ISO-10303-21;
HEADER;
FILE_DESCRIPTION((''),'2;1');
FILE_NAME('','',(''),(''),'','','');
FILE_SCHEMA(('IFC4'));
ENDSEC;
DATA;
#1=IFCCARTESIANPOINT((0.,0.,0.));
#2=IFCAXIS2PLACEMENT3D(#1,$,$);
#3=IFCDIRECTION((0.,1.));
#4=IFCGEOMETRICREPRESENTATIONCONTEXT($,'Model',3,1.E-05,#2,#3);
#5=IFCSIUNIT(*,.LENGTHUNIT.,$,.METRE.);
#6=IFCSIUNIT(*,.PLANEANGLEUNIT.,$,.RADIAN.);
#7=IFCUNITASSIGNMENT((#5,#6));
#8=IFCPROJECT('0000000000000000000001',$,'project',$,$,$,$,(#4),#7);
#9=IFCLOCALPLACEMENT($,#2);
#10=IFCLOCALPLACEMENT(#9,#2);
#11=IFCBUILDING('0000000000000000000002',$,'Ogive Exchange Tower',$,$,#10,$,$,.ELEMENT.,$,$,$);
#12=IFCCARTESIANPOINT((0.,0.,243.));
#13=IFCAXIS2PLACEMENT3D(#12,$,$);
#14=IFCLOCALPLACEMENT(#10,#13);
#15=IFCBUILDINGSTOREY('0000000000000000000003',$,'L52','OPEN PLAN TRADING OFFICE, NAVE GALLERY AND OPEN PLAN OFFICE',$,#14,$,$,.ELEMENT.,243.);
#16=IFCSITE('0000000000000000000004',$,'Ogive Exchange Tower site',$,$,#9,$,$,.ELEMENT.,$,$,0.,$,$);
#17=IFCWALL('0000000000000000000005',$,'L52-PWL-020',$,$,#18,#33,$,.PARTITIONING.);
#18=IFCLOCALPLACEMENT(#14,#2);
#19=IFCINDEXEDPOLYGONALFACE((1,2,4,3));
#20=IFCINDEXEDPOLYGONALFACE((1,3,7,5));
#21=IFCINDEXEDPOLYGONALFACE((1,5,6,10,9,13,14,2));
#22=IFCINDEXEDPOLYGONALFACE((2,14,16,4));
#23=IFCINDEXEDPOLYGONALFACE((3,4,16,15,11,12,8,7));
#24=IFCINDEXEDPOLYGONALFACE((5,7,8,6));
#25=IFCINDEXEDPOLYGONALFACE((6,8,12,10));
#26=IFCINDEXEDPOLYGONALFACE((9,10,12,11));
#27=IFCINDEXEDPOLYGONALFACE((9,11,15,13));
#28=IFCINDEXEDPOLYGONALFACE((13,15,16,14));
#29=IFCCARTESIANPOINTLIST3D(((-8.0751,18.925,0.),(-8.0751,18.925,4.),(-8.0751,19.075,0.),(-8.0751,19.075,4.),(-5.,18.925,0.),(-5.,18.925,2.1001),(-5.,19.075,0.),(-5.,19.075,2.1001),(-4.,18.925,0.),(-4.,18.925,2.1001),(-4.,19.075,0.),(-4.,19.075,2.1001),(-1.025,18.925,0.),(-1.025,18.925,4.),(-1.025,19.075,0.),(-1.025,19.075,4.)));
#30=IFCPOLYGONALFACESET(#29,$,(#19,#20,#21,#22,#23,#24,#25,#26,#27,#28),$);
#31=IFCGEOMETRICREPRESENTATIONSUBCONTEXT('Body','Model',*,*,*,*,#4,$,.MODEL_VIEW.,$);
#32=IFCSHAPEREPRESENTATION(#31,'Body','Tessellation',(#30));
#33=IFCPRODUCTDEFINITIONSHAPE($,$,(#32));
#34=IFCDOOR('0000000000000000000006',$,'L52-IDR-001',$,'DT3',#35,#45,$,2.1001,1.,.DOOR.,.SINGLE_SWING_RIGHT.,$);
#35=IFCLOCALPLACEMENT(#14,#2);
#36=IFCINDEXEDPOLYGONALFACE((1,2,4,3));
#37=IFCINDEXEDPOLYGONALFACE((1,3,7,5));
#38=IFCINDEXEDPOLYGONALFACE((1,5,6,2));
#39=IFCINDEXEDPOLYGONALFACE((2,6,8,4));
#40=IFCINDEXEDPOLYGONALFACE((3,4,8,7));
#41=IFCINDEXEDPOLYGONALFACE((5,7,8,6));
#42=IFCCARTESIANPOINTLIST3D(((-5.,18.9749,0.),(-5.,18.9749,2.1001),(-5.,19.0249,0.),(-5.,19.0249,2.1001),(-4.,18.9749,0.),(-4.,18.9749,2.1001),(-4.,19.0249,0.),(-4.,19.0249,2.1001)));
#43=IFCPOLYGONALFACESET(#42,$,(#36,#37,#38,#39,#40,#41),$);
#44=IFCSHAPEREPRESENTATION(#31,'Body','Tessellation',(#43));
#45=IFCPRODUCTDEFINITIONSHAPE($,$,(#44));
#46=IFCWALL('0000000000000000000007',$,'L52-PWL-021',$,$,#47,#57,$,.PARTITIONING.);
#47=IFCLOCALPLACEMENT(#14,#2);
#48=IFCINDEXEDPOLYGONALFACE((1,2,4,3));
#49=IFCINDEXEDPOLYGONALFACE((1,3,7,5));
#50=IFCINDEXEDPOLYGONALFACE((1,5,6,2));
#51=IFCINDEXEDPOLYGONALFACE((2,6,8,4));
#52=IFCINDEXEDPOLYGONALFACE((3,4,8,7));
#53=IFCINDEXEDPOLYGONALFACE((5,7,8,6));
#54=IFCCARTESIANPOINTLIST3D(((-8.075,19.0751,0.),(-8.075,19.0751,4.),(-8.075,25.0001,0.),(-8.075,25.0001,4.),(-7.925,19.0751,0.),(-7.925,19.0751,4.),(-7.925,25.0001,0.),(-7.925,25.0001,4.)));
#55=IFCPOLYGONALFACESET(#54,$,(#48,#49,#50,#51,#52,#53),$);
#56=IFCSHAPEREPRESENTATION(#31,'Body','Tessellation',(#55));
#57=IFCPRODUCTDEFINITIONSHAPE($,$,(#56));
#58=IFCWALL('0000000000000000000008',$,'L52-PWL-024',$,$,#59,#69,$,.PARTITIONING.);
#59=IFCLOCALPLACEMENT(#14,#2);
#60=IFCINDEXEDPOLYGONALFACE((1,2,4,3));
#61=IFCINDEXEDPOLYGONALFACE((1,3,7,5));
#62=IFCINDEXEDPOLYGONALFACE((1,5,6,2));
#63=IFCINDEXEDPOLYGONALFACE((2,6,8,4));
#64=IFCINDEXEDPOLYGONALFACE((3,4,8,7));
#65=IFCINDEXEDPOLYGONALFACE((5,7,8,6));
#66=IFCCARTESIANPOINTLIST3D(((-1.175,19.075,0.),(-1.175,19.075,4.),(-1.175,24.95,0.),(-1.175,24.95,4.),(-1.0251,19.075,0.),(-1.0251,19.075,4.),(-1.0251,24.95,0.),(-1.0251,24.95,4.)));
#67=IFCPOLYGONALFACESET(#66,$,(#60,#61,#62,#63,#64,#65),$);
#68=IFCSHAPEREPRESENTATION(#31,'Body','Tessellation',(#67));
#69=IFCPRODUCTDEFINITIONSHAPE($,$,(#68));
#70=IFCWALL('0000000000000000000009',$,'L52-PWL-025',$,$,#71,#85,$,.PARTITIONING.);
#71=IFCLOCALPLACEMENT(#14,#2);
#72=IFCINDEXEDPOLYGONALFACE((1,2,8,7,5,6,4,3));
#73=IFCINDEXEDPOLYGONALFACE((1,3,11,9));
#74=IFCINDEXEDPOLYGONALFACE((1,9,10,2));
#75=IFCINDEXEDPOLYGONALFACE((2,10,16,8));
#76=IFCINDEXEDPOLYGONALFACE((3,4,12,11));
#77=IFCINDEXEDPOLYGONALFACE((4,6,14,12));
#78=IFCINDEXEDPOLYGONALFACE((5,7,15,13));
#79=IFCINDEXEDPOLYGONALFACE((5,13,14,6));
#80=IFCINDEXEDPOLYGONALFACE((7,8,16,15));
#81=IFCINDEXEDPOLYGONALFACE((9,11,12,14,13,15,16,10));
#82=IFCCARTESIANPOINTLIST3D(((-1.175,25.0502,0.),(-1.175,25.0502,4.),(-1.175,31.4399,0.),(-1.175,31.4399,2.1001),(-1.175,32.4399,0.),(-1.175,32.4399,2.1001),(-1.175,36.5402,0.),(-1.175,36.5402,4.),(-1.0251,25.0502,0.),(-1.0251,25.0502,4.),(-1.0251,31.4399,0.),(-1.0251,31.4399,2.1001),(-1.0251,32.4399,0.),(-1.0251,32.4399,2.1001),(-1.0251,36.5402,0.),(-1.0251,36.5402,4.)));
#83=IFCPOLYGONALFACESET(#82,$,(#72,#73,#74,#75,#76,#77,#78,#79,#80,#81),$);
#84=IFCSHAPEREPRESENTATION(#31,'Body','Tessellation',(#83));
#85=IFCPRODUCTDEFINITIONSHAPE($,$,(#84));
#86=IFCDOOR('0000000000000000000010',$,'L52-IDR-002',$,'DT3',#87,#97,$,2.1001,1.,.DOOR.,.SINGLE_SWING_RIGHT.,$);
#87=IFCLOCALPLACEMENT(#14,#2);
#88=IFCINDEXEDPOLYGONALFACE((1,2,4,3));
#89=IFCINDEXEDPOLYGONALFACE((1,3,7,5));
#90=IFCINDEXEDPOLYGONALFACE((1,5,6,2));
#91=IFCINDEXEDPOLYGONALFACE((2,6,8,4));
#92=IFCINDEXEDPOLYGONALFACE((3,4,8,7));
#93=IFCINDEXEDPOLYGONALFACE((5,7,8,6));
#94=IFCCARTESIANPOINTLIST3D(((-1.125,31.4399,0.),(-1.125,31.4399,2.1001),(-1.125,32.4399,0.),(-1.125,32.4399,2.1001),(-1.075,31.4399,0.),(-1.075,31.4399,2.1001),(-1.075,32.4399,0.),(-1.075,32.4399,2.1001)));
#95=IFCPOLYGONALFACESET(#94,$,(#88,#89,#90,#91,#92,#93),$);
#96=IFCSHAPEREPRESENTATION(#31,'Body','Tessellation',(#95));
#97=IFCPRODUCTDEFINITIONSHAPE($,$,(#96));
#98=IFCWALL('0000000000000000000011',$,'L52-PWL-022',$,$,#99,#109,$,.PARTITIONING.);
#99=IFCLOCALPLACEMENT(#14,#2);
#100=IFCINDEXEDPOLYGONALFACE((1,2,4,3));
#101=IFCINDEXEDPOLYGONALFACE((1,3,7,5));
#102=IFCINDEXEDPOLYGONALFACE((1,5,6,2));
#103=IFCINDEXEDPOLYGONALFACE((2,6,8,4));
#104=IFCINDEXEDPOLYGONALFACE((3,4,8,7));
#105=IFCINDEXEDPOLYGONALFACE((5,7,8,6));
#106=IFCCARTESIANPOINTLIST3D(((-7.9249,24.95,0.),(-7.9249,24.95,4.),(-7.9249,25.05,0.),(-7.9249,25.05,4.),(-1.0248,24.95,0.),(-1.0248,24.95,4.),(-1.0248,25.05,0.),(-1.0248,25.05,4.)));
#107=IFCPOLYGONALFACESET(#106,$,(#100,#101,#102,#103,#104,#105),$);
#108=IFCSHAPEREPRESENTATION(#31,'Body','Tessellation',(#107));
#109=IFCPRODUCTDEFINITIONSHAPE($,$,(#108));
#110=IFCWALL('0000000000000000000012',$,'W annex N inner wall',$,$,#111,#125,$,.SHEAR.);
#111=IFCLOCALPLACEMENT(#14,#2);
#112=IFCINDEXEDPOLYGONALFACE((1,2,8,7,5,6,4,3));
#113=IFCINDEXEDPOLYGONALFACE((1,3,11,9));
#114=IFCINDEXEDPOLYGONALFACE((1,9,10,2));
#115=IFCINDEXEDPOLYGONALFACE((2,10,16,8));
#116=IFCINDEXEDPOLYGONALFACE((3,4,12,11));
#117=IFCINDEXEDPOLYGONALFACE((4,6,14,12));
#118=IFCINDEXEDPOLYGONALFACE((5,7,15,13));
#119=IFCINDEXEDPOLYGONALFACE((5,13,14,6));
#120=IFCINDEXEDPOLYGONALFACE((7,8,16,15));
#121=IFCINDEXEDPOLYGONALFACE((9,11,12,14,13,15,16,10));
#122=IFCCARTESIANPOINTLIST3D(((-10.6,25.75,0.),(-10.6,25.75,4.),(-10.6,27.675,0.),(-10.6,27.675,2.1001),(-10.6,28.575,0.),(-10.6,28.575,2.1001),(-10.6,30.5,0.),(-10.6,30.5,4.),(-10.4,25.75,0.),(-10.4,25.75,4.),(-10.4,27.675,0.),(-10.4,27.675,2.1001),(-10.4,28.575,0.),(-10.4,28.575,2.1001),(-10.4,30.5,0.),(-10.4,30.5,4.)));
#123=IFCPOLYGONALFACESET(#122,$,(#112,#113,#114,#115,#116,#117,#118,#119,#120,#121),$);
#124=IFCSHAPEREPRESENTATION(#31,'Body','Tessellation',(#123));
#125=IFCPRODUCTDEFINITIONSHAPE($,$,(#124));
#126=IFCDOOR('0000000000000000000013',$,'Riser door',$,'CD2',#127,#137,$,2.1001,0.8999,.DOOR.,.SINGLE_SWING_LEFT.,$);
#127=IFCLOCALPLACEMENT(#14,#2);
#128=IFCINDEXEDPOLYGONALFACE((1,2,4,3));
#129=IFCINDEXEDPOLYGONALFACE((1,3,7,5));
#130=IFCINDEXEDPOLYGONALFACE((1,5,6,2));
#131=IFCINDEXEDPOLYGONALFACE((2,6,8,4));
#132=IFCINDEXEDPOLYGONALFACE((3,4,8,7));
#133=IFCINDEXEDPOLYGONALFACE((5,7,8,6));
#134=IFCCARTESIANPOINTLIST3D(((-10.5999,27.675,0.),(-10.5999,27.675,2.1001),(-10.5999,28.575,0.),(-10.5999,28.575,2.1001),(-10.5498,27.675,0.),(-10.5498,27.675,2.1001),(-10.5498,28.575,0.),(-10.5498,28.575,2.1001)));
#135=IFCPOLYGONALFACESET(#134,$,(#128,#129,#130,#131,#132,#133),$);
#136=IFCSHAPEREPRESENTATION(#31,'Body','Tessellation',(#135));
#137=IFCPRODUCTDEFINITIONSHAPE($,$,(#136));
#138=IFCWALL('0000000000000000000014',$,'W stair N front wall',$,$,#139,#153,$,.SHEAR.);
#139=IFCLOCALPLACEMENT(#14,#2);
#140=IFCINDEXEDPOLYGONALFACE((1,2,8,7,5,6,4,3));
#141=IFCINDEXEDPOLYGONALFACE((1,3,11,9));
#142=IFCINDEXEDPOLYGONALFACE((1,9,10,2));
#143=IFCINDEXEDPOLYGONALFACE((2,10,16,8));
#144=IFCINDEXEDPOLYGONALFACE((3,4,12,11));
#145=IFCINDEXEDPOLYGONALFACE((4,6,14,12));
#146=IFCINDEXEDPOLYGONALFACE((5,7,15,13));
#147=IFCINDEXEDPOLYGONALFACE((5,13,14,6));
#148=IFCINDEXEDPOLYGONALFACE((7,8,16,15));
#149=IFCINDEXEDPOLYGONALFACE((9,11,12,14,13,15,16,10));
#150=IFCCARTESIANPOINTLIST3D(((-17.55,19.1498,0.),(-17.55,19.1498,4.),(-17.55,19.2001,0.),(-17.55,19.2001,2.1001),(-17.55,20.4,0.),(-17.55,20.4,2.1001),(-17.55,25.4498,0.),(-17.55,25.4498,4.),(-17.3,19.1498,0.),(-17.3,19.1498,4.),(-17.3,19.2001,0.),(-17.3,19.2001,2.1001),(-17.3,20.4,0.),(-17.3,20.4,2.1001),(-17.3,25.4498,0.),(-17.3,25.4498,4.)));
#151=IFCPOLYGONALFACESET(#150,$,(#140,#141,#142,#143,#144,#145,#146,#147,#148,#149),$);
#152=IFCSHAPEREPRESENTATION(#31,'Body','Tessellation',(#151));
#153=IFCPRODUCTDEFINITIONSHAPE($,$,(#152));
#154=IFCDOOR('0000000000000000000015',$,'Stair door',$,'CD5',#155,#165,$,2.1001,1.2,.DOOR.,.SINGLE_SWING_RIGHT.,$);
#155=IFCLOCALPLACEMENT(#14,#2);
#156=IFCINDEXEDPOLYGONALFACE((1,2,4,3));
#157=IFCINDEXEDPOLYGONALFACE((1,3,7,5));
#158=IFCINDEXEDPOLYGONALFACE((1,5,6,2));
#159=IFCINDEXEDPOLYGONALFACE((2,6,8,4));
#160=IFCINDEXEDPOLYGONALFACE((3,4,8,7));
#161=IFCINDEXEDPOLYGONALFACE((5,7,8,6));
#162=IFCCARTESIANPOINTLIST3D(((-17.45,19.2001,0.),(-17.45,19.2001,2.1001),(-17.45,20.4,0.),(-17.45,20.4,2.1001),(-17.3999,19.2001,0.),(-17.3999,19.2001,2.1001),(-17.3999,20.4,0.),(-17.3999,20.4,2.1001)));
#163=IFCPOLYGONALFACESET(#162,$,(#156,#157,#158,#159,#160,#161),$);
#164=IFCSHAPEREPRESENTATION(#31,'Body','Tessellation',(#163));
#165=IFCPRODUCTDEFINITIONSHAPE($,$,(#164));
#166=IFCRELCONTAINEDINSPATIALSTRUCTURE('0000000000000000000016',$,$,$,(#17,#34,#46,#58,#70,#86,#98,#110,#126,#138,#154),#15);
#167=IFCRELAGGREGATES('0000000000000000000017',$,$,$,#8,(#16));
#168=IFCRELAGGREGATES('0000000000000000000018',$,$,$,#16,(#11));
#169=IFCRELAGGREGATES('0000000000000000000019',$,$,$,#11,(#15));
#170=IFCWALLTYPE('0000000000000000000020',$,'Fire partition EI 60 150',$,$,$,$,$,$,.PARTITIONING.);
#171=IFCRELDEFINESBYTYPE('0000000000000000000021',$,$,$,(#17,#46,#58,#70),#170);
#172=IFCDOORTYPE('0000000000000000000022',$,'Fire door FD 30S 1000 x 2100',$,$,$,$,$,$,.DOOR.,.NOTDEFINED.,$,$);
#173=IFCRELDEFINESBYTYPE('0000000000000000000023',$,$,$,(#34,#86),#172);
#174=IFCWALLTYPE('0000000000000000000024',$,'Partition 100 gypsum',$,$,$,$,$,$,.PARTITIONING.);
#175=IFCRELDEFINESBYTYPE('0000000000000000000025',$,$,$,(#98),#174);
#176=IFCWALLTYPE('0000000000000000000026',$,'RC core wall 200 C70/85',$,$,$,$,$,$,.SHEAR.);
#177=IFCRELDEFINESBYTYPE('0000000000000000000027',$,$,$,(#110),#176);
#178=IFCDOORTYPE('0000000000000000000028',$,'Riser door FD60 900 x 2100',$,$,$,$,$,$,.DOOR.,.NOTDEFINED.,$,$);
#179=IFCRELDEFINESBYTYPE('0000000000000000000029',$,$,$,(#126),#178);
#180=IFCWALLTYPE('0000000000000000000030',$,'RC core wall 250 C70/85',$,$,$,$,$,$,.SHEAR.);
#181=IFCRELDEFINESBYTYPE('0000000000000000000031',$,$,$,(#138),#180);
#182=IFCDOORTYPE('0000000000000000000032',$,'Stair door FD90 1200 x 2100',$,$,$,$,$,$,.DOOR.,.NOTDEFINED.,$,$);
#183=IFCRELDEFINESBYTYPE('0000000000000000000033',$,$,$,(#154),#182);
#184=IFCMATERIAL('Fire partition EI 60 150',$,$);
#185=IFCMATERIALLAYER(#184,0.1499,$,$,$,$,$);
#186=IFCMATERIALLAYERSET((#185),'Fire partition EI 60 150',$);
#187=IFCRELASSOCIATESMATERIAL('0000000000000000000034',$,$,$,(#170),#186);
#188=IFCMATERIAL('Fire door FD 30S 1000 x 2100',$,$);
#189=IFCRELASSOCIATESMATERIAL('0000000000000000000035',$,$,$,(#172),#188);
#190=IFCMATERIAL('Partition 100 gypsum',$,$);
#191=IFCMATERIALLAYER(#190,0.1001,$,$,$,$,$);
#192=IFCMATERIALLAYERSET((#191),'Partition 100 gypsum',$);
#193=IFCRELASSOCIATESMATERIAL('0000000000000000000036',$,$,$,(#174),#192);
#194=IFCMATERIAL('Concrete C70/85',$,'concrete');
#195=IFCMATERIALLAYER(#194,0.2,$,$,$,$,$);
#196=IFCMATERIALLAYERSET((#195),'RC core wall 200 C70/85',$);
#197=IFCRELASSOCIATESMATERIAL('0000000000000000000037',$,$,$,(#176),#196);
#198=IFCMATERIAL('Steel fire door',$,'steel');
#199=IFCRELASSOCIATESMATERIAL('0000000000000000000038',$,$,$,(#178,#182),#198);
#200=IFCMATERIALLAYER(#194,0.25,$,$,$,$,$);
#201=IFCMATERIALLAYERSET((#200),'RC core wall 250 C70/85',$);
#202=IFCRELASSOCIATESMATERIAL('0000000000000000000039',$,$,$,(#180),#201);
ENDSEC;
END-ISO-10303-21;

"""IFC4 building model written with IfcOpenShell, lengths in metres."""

from ifc_helpers import new_model, si_unit, direction, frame, frame_2d, origin, place, context, subcontext, project, spatial, rectangle, extrude, material, layer, layer_set, type_object, element, fill, save


model = new_model("IFC4")

# Units and contexts
model_context = context("Model", 3, precision=1e-05, world=origin(), true_north=direction((0.0, 1.0)))
body_context = subcontext(model_context, "Body", "Model", "MODEL_VIEW")
ifc_project = project(units=[si_unit("LENGTHUNIT", "METRE"), si_unit("PLANEANGLEUNIT", "RADIAN")], contexts=[model_context])

# Site, building, storey
site_placement = place(None, origin())
site = spatial("IfcSite", under=ifc_project, at=site_placement, Name="Ogive Exchange Tower site", CompositionType="ELEMENT", RefElevation=0.0)
building_placement = place(site_placement, origin())
building = spatial("IfcBuilding", under=site, at=building_placement, Name="Ogive Exchange Tower", CompositionType="ELEMENT")
storey_placement = place(building_placement, frame((0.0, 0.0, 243.0)))
storey = spatial("IfcBuildingStorey", under=building, at=storey_placement, Name="L52", Description="OPEN PLAN TRADING OFFICE, NAVE GALLERY AND OPEN PLAN OFFICE", CompositionType="ELEMENT", Elevation=243.0)

# Wall, opening, door
ifc_material_1 = material(Name="Fire partition EI 60 150")
ifc_layer_1 = layer(ifc_material_1, 0.1499)
ifc_layer_set_1 = layer_set([ifc_layer_1], Name="Fire partition EI 60 150")
wall_type_1 = type_object("IfcWallType", Name="Fire partition EI 60 150", PredefinedType="PARTITIONING", material=ifc_layer_set_1)
wall_1_placement = place(storey_placement, frame((-8.075, 19.0, 0.0), z_axis=(0.0, 0.0, 1.0), x_axis=(1.0, 0.0, 0.0)))
wall_1 = element("IfcWall", 1, at=wall_1_placement, inside=storey, type_object=wall_type_1, Name="L52-PWL-020", PredefinedType="PARTITIONING", context=body_context, shape_type="SweptSolid", body=[
    extrude(rectangle(XDim=7.05, YDim=0.1499, at=frame_2d((3.5249, 0.0))), origin(), (0.0, 0.0, 1.0), 4.0),
])
opening_1_placement = place(wall_1_placement, frame((3.075, 0.0, 0.0)))
opening_1 = element("IfcOpeningElement", 2, at=opening_1_placement, cuts=wall_1, PredefinedType="OPENING", context=body_context, shape_type="SweptSolid", body=[
    extrude(rectangle(XDim=1.0, YDim=2.1001, at=frame_2d((0.5, 1.05))), frame((0.0, 0.085, 0.0), z_axis=(0.0, -1.0, 0.0), x_axis=(1.0, 0.0, 0.0)), (0.0, 0.0, 1.0), 0.1699),
])
ifc_material_2 = material(Name="Fire door FD 30S 1000 x 2100")
door_type_1 = type_object("IfcDoorType", Name="Fire door FD 30S 1000 x 2100", OperationType="NOTDEFINED", PredefinedType="DOOR", material=ifc_material_2)
door_1_placement = place(opening_1_placement, origin())
door_1 = element("IfcDoor", 3, at=door_1_placement, inside=storey, type_object=door_type_1, Name="L52-IDR-001", ObjectType="DT3", OperationType="SINGLE_SWING_RIGHT", OverallHeight=2.1001, OverallWidth=1.0, PredefinedType="DOOR", context=body_context, shape_type="SweptSolid", body=[
    extrude(rectangle(XDim=1.0, YDim=2.1001, at=frame_2d((0.5, 1.05))), frame((0.0, 0.0249, 0.0), z_axis=(0.0, -1.0, 0.0), x_axis=(1.0, 0.0, 0.0)), (0.0, 0.0, 1.0), 0.05),
])
fill(opening_1, door_1)

# Walls
wall_2_placement = place(storey_placement, frame((-8.0, 25.0, 0.0), z_axis=(0.0, 0.0, 1.0), x_axis=(0.0, -1.0, 0.0)))
element("IfcWall", 4, at=wall_2_placement, inside=storey, type_object=wall_type_1, Name="L52-PWL-021", PredefinedType="PARTITIONING", context=body_context, shape_type="SweptSolid", body=[
    extrude(rectangle(XDim=5.925, YDim=0.1499, at=frame_2d((2.9624, 0.0))), origin(), (0.0, 0.0, 1.0), 4.0),
])
wall_3_placement = place(storey_placement, frame((-1.1001, 19.075, 0.0), z_axis=(0.0, 0.0, 1.0), x_axis=(0.0, 1.0, 0.0)))
element("IfcWall", 5, at=wall_3_placement, inside=storey, type_object=wall_type_1, Name="L52-PWL-024", PredefinedType="PARTITIONING", context=body_context, shape_type="SweptSolid", body=[
    extrude(rectangle(XDim=5.875, YDim=0.1499, at=frame_2d((2.9375, 0.0))), origin(), (0.0, 0.0, 1.0), 4.0),
])

# Wall, opening, door
wall_4_placement = place(storey_placement, frame((-1.1001, 25.05, 0.0), z_axis=(0.0, 0.0, 1.0), x_axis=(0.0, 1.0, 0.0)))
wall_4 = element("IfcWall", 6, at=wall_4_placement, inside=storey, type_object=wall_type_1, Name="L52-PWL-025", PredefinedType="PARTITIONING", context=body_context, shape_type="SweptSolid", body=[
    extrude(rectangle(XDim=11.49, YDim=0.1499, at=frame_2d((5.7451, 0.0))), origin(), (0.0, 0.0, 1.0), 4.0),
])
opening_2_placement = place(wall_4_placement, frame((6.3899, 0.0, 0.0)))
opening_2 = element("IfcOpeningElement", 7, at=opening_2_placement, cuts=wall_4, PredefinedType="OPENING", context=body_context, shape_type="SweptSolid", body=[
    extrude(rectangle(XDim=1.0, YDim=2.1001, at=frame_2d((0.5, 1.05))), frame((0.0, 0.085, 0.0), z_axis=(0.0, -1.0, 0.0), x_axis=(1.0, 0.0, 0.0)), (0.0, 0.0, 1.0), 0.1699),
])
door_2_placement = place(opening_2_placement, origin())
door_2 = element("IfcDoor", 8, at=door_2_placement, inside=storey, type_object=door_type_1, Name="L52-IDR-002", ObjectType="DT3", OperationType="SINGLE_SWING_RIGHT", OverallHeight=2.1001, OverallWidth=1.0, PredefinedType="DOOR", context=body_context, shape_type="SweptSolid", body=[
    extrude(rectangle(XDim=1.0, YDim=2.1001, at=frame_2d((0.5, 1.05))), frame((0.0, 0.0249, 0.0), z_axis=(0.0, -1.0, 0.0), x_axis=(1.0, 0.0, 0.0)), (0.0, 0.0, 1.0), 0.05),
])
fill(opening_2, door_2)

# Wall
ifc_material_3 = material(Name="Partition 100 gypsum")
ifc_layer_2 = layer(ifc_material_3, 0.1001)
ifc_layer_set_2 = layer_set([ifc_layer_2], Name="Partition 100 gypsum")
wall_type_2 = type_object("IfcWallType", Name="Partition 100 gypsum", PredefinedType="PARTITIONING", material=ifc_layer_set_2)
wall_5_placement = place(storey_placement, frame((-7.925, 25.0, 0.0), z_axis=(0.0, 0.0, 1.0), x_axis=(1.0, 0.0, 0.0)))
element("IfcWall", 9, at=wall_5_placement, inside=storey, type_object=wall_type_2, Name="L52-PWL-022", PredefinedType="PARTITIONING", context=body_context, shape_type="SweptSolid", body=[
    extrude(rectangle(XDim=6.9001, YDim=0.1001, at=frame_2d((3.4502, 0.0))), origin(), (0.0, 0.0, 1.0), 4.0),
])

# Walls, openings, doors
ifc_material_4 = material(Name="Concrete C70/85", Category="concrete")
ifc_layer_3 = layer(ifc_material_4, 0.2)
ifc_layer_set_3 = layer_set([ifc_layer_3], Name="RC core wall 200 C70/85")
wall_type_3 = type_object("IfcWallType", Name="RC core wall 200 C70/85", PredefinedType="SHEAR", material=ifc_layer_set_3)
wall_6_placement = place(storey_placement, frame((-10.5, 25.75, 0.0), z_axis=(0.0, 0.0, 1.0), x_axis=(0.0, 1.0, 0.0)))
wall_6 = element("IfcWall", 10, at=wall_6_placement, inside=storey, type_object=wall_type_3, Name="W annex N inner wall", PredefinedType="SHEAR", context=body_context, shape_type="SweptSolid", body=[
    extrude(rectangle(XDim=4.75, YDim=0.2, at=frame_2d((2.375, 0.0))), origin(), (0.0, 0.0, 1.0), 4.0),
])
opening_3_placement = place(wall_6_placement, frame((1.925, 0.0, 0.0)))
opening_3 = element("IfcOpeningElement", 11, at=opening_3_placement, cuts=wall_6, PredefinedType="OPENING", context=body_context, shape_type="SweptSolid", body=[
    extrude(rectangle(XDim=0.8999, YDim=2.1001, at=frame_2d((0.45, 1.05))), frame((0.0, 0.1099, 0.0), z_axis=(0.0, -1.0, 0.0), x_axis=(1.0, 0.0, 0.0)), (0.0, 0.0, 1.0), 0.22),
])
ifc_material_5 = material(Name="Steel fire door", Category="steel")
door_type_2 = type_object("IfcDoorType", Name="Riser door FD60 900 x 2100", OperationType="NOTDEFINED", PredefinedType="DOOR", material=ifc_material_5)
door_3_placement = place(opening_3_placement, frame((0.8999, 0.1499, 0.0), z_axis=(0.0, 0.0, 1.0), x_axis=(-1.0, 0.0, 0.0)))
door_3 = element("IfcDoor", 12, at=door_3_placement, inside=storey, type_object=door_type_2, Name="Riser door", ObjectType="CD2", OperationType="SINGLE_SWING_LEFT", OverallHeight=2.1001, OverallWidth=0.8999, PredefinedType="DOOR", context=body_context, shape_type="SweptSolid", body=[
    extrude(rectangle(XDim=0.8999, YDim=2.1001, at=frame_2d((0.45, 1.05))), frame((0.0, 0.1001, 0.0), z_axis=(0.0, -1.0, 0.0), x_axis=(1.0, 0.0, 0.0)), (0.0, 0.0, 1.0), 0.05),
])
fill(opening_3, door_3)
ifc_layer_4 = layer(ifc_material_4, 0.25)
ifc_layer_set_4 = layer_set([ifc_layer_4], Name="RC core wall 250 C70/85")
wall_type_4 = type_object("IfcWallType", Name="RC core wall 250 C70/85", PredefinedType="SHEAR", material=ifc_layer_set_4)
wall_7_placement = place(storey_placement, frame((-17.425, 19.1499, 0.0), z_axis=(0.0, 0.0, 1.0), x_axis=(0.0, 1.0, 0.0)))
wall_7 = element("IfcWall", 13, at=wall_7_placement, inside=storey, type_object=wall_type_4, Name="W stair N front wall", PredefinedType="SHEAR", context=body_context, shape_type="SweptSolid", body=[
    extrude(rectangle(XDim=6.3, YDim=0.25, at=frame_2d((3.1499, 0.0))), origin(), (0.0, 0.0, 1.0), 4.0),
])
opening_4_placement = place(wall_7_placement, frame((0.05, 0.0, 0.0)))
opening_4 = element("IfcOpeningElement", 14, at=opening_4_placement, cuts=wall_7, PredefinedType="OPENING", context=body_context, shape_type="SweptSolid", body=[
    extrude(rectangle(XDim=1.2, YDim=2.1001, at=frame_2d((0.6001, 1.05))), frame((0.0, 0.135, 0.0), z_axis=(0.0, -1.0, 0.0), x_axis=(1.0, 0.0, 0.0)), (0.0, 0.0, 1.0), 0.27),
])
door_type_3 = type_object("IfcDoorType", Name="Stair door FD90 1200 x 2100", OperationType="NOTDEFINED", PredefinedType="DOOR", material=ifc_material_5)
door_4_placement = place(opening_4_placement, origin())
door_4 = element("IfcDoor", 15, at=door_4_placement, inside=storey, type_object=door_type_3, Name="Stair door", ObjectType="CD5", OperationType="SINGLE_SWING_RIGHT", OverallHeight=2.1001, OverallWidth=1.2, PredefinedType="DOOR", context=body_context, shape_type="SweptSolid", body=[
    extrude(rectangle(XDim=1.2, YDim=2.1001, at=frame_2d((0.6001, 1.05))), frame((0.0, 0.0249, 0.0), z_axis=(0.0, -1.0, 0.0), x_axis=(1.0, 0.0, 0.0)), (0.0, 0.0, 1.0), 0.05),
])
fill(opening_4, door_4)

save(model, "model.ifc")
